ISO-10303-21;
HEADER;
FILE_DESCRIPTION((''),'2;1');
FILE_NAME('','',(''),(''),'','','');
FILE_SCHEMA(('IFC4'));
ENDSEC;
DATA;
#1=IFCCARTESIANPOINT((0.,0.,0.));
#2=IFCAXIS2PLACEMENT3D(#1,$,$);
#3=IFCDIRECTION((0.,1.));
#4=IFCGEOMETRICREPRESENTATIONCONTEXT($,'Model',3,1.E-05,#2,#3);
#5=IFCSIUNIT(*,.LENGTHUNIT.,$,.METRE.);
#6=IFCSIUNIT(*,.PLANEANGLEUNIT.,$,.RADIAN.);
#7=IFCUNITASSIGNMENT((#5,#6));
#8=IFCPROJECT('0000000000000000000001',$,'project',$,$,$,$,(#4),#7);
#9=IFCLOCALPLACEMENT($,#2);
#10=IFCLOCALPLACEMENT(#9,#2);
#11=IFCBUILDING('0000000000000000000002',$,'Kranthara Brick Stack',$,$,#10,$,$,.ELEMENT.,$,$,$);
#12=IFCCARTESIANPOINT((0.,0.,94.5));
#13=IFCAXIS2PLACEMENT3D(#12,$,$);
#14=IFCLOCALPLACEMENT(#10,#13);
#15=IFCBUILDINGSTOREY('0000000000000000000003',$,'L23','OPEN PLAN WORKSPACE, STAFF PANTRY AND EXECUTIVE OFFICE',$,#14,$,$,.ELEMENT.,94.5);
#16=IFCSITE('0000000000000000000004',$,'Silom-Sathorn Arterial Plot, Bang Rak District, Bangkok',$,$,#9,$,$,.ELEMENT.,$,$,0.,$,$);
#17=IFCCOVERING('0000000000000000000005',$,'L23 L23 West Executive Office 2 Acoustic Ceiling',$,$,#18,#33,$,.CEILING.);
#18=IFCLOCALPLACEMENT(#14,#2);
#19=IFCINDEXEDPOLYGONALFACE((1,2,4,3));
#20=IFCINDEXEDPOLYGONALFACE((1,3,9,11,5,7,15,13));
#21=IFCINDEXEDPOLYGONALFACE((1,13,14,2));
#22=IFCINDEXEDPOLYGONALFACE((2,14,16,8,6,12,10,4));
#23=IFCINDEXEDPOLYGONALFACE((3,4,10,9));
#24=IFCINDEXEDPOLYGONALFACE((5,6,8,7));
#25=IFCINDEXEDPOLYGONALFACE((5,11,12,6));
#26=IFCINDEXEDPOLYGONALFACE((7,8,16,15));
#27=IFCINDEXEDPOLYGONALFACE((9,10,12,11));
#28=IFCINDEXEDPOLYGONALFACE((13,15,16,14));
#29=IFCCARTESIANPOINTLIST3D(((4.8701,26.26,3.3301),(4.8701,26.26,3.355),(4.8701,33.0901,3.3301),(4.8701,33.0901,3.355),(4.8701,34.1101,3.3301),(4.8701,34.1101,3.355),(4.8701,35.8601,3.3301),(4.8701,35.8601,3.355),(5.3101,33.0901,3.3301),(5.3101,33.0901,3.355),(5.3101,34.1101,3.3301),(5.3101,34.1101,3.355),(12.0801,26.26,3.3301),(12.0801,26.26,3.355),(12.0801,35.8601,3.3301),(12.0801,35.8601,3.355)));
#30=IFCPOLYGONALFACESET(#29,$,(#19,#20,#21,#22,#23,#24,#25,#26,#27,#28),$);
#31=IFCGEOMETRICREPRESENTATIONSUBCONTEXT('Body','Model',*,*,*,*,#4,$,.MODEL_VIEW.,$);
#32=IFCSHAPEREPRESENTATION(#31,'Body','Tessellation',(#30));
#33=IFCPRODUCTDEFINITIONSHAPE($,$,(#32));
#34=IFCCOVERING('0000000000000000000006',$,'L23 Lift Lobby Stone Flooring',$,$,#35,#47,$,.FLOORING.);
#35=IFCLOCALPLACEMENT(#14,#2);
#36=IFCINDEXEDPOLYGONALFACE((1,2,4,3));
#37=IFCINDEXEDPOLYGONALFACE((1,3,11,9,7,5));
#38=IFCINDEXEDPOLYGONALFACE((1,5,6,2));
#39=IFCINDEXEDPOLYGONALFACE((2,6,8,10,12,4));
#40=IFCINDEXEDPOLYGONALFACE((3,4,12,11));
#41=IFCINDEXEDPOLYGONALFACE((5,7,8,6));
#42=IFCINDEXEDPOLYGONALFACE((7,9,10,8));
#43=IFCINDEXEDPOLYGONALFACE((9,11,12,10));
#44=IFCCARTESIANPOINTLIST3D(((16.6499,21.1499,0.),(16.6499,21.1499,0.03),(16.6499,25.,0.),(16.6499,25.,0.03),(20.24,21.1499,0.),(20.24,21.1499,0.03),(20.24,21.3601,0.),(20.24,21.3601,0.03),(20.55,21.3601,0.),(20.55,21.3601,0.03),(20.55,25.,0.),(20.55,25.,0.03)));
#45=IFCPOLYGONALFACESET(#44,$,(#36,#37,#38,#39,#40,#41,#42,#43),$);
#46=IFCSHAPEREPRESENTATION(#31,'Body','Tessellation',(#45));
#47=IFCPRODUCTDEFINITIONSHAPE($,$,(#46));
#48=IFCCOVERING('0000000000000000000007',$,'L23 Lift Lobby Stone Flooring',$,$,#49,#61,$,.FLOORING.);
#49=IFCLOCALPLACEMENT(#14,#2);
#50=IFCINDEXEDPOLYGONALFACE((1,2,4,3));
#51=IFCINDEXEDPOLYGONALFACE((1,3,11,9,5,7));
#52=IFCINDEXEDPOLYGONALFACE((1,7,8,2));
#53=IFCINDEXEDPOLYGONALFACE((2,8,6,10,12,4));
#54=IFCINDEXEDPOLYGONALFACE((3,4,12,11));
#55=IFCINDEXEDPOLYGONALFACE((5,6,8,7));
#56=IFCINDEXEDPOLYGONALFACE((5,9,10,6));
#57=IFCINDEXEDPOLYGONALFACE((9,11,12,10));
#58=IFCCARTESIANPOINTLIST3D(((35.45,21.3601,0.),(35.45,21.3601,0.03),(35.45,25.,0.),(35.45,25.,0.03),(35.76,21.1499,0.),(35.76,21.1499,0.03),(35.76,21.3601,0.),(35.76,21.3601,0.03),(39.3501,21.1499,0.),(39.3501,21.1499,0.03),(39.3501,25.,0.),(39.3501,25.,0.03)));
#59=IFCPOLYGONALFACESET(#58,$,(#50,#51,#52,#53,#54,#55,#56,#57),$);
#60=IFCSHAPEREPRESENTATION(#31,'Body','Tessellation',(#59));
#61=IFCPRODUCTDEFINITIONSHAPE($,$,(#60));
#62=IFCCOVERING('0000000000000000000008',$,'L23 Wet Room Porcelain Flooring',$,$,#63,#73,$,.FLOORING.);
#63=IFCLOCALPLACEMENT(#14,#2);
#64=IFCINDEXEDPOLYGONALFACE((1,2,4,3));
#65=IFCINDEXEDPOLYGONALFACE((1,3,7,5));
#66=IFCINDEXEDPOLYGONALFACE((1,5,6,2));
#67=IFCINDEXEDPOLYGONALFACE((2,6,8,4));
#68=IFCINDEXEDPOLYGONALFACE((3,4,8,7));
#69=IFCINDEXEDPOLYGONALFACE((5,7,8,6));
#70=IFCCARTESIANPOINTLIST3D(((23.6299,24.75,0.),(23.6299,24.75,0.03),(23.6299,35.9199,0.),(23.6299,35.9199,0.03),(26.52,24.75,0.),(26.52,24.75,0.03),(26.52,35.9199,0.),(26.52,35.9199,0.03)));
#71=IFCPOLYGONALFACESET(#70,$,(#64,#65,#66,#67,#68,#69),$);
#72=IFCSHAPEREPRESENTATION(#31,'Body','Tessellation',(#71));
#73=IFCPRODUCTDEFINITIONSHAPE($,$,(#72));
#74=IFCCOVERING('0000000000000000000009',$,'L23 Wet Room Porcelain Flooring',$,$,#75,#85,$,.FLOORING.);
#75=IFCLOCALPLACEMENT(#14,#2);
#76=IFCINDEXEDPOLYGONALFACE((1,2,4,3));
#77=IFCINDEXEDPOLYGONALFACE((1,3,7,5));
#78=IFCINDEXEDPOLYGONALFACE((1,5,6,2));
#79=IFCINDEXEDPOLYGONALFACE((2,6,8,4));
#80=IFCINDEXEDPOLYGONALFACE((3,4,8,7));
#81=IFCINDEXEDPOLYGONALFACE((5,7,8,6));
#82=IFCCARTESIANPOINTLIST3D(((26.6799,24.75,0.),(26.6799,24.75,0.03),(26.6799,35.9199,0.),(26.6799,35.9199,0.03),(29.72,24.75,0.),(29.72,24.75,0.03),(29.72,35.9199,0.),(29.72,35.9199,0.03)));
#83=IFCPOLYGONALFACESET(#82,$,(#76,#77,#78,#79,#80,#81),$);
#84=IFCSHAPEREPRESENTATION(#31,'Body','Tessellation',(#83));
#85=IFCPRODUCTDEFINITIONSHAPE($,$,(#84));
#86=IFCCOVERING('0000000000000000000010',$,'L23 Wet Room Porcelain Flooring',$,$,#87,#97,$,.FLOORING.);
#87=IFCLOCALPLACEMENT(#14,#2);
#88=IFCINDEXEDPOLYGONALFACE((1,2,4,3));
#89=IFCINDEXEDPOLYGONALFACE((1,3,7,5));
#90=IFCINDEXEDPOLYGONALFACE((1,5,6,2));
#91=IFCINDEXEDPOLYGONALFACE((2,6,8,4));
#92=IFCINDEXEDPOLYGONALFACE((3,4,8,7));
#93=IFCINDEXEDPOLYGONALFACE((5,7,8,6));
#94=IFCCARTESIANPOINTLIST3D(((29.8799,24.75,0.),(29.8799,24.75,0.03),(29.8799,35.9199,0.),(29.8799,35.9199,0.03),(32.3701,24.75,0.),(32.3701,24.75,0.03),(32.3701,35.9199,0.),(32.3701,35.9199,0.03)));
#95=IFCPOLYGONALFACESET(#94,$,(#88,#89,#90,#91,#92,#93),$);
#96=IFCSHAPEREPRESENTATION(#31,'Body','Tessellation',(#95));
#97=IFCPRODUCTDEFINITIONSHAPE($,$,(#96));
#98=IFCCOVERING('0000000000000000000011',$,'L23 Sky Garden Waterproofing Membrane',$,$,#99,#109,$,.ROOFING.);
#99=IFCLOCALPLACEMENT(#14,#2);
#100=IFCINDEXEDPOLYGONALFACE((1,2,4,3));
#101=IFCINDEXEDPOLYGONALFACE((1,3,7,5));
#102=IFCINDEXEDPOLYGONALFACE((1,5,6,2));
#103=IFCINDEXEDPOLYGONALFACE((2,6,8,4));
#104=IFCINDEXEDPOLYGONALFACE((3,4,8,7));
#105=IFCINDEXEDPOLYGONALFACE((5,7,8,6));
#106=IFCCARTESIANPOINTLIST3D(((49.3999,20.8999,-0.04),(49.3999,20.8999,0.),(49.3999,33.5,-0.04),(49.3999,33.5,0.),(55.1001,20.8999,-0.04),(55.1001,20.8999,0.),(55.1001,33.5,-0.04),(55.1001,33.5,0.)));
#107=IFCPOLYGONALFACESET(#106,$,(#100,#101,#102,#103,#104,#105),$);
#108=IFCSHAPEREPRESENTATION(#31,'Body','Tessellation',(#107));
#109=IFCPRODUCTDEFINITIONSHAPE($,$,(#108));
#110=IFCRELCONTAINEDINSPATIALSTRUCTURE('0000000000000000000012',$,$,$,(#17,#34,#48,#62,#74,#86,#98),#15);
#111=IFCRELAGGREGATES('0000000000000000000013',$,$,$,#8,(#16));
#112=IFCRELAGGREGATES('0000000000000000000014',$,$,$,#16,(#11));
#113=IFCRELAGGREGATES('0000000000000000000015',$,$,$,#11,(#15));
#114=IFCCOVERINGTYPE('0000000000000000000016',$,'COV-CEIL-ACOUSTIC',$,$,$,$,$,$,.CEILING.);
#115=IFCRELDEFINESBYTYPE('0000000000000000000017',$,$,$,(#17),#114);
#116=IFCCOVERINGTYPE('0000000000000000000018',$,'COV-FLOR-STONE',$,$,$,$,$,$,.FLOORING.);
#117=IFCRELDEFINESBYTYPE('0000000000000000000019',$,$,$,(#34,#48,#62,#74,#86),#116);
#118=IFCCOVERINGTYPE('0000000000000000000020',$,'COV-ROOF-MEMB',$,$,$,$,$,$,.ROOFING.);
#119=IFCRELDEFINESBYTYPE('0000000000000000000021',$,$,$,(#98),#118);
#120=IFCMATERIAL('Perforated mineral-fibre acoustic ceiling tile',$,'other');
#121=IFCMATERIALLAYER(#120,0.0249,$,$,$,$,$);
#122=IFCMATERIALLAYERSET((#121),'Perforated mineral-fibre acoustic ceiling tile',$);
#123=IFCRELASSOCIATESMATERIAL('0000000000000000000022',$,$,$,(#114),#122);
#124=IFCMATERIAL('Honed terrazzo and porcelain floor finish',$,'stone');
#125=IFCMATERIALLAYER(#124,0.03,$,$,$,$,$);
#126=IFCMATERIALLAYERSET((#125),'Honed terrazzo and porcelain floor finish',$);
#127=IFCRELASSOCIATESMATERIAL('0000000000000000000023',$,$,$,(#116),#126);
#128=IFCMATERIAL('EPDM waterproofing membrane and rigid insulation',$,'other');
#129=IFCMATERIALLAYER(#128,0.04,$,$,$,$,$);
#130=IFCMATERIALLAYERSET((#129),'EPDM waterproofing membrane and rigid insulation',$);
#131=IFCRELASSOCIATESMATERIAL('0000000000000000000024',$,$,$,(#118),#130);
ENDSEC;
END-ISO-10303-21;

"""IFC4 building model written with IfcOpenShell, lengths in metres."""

from ifc_helpers import new_model, si_unit, direction, frame, origin, place, context, subcontext, project, spatial, polyline, outline, extrude, material, layer, layer_set, type_object, element, save


model = new_model("IFC4")

# Units and contexts
model_context = context("Model", 3, precision=1e-05, world=origin(), true_north=direction((0.0, 1.0)))
body_context = subcontext(model_context, "Body", "Model", "MODEL_VIEW")
ifc_project = project(units=[si_unit("LENGTHUNIT", "METRE"), si_unit("PLANEANGLEUNIT", "RADIAN")], contexts=[model_context])

# Site, building, storey
site_placement = place(None, origin())
site = spatial("IfcSite", under=ifc_project, at=site_placement, Name="Silom-Sathorn Arterial Plot, Bang Rak District, Bangkok", CompositionType="ELEMENT", RefElevation=0.0)
building_placement = place(site_placement, origin())
building = spatial("IfcBuilding", under=site, at=building_placement, Name="Kranthara Brick Stack", CompositionType="ELEMENT")
storey_placement = place(building_placement, frame((0.0, 0.0, 94.5)))
storey = spatial("IfcBuildingStorey", under=building, at=storey_placement, Name="L23", Description="OPEN PLAN WORKSPACE, STAFF PANTRY AND EXECUTIVE OFFICE", CompositionType="ELEMENT", Elevation=94.5)

# Coverings
ifc_material_1 = material(Name="Perforated mineral-fibre acoustic ceiling tile", Category="other")
ifc_layer_1 = layer(ifc_material_1, 0.0249)
ifc_layer_set_1 = layer_set([ifc_layer_1], Name="Perforated mineral-fibre acoustic ceiling tile")
covering_type_1 = type_object("IfcCoveringType", Name="COV-CEIL-ACOUSTIC", PredefinedType="CEILING", material=ifc_layer_set_1)
covering_1_placement = place(storey_placement, frame((0.0, 0.0, 3.3301)))
element("IfcCovering", 1, at=covering_1_placement, inside=storey, type_object=covering_type_1, Name="L23 L23 West Executive Office 2 Acoustic Ceiling", PredefinedType="CEILING", context=body_context, shape_type="SweptSolid", body=[
    extrude(outline(polyline([(4.8701, 35.8601), (12.0801, 35.8601), (12.0801, 26.26), (4.8701, 26.26), (4.8701, 33.0901), (5.3101, 33.0901), (5.3101, 34.1101), (4.8701, 34.1101), (4.8701, 35.8601)])), origin(), (0.0, 0.0, 1.0), 0.0249),
])
ifc_material_2 = material(Name="Honed terrazzo and porcelain floor finish", Category="stone")
ifc_layer_2 = layer(ifc_material_2, 0.03)
ifc_layer_set_2 = layer_set([ifc_layer_2], Name="Honed terrazzo and porcelain floor finish")
covering_type_2 = type_object("IfcCoveringType", Name="COV-FLOR-STONE", PredefinedType="FLOORING", material=ifc_layer_set_2)
covering_2_placement = place(storey_placement, origin())
element("IfcCovering", 2, at=covering_2_placement, inside=storey, type_object=covering_type_2, Name="L23 Lift Lobby Stone Flooring", PredefinedType="FLOORING", context=body_context, shape_type="SweptSolid", body=[
    extrude(outline(polyline([(16.6499, 21.1499), (16.6499, 25.0), (20.55, 25.0), (20.55, 21.3601), (20.24, 21.3601), (20.24, 21.1499), (16.6499, 21.1499)])), origin(), (0.0, 0.0, 1.0), 0.03),
])
covering_3_placement = place(storey_placement, origin())
element("IfcCovering", 3, at=covering_3_placement, inside=storey, type_object=covering_type_2, Name="L23 Lift Lobby Stone Flooring", PredefinedType="FLOORING", context=body_context, shape_type="SweptSolid", body=[
    extrude(outline(polyline([(35.45, 25.0), (39.3501, 25.0), (39.3501, 21.1499), (35.76, 21.1499), (35.76, 21.3601), (35.45, 21.3601), (35.45, 25.0)])), origin(), (0.0, 0.0, 1.0), 0.03),
])
covering_4_placement = place(storey_placement, origin())
element("IfcCovering", 4, at=covering_4_placement, inside=storey, type_object=covering_type_2, Name="L23 Wet Room Porcelain Flooring", PredefinedType="FLOORING", context=body_context, shape_type="SweptSolid", body=[
    extrude(outline(polyline([(26.52, 24.75), (26.52, 35.9199), (23.6299, 35.9199), (23.6299, 24.75), (26.52, 24.75)])), origin(), (0.0, 0.0, 1.0), 0.03),
])
covering_5_placement = place(storey_placement, origin())
element("IfcCovering", 5, at=covering_5_placement, inside=storey, type_object=covering_type_2, Name="L23 Wet Room Porcelain Flooring", PredefinedType="FLOORING", context=body_context, shape_type="SweptSolid", body=[
    extrude(outline(polyline([(29.72, 24.75), (29.72, 35.9199), (26.6799, 35.9199), (26.6799, 24.75), (29.72, 24.75)])), origin(), (0.0, 0.0, 1.0), 0.03),
])
covering_6_placement = place(storey_placement, origin())
element("IfcCovering", 6, at=covering_6_placement, inside=storey, type_object=covering_type_2, Name="L23 Wet Room Porcelain Flooring", PredefinedType="FLOORING", context=body_context, shape_type="SweptSolid", body=[
    extrude(outline(polyline([(32.3701, 24.75), (32.3701, 35.9199), (29.8799, 35.9199), (29.8799, 24.75), (32.3701, 24.75)])), origin(), (0.0, 0.0, 1.0), 0.03),
])
ifc_material_3 = material(Name="EPDM waterproofing membrane and rigid insulation", Category="other")
ifc_layer_3 = layer(ifc_material_3, 0.04)
ifc_layer_set_3 = layer_set([ifc_layer_3], Name="EPDM waterproofing membrane and rigid insulation")
covering_type_3 = type_object("IfcCoveringType", Name="COV-ROOF-MEMB", PredefinedType="ROOFING", material=ifc_layer_set_3)
covering_7_placement = place(storey_placement, frame((0.0, 0.0, -0.04)))
element("IfcCovering", 7, at=covering_7_placement, inside=storey, type_object=covering_type_3, Name="L23 Sky Garden Waterproofing Membrane", PredefinedType="ROOFING", context=body_context, shape_type="SweptSolid", body=[
    extrude(outline(polyline([(49.3999, 20.8999), (55.1001, 20.8999), (55.1001, 33.5), (49.3999, 33.5), (49.3999, 20.8999)])), origin(), (0.0, 0.0, 1.0), 0.04),
])

save(model, "model.ifc")
